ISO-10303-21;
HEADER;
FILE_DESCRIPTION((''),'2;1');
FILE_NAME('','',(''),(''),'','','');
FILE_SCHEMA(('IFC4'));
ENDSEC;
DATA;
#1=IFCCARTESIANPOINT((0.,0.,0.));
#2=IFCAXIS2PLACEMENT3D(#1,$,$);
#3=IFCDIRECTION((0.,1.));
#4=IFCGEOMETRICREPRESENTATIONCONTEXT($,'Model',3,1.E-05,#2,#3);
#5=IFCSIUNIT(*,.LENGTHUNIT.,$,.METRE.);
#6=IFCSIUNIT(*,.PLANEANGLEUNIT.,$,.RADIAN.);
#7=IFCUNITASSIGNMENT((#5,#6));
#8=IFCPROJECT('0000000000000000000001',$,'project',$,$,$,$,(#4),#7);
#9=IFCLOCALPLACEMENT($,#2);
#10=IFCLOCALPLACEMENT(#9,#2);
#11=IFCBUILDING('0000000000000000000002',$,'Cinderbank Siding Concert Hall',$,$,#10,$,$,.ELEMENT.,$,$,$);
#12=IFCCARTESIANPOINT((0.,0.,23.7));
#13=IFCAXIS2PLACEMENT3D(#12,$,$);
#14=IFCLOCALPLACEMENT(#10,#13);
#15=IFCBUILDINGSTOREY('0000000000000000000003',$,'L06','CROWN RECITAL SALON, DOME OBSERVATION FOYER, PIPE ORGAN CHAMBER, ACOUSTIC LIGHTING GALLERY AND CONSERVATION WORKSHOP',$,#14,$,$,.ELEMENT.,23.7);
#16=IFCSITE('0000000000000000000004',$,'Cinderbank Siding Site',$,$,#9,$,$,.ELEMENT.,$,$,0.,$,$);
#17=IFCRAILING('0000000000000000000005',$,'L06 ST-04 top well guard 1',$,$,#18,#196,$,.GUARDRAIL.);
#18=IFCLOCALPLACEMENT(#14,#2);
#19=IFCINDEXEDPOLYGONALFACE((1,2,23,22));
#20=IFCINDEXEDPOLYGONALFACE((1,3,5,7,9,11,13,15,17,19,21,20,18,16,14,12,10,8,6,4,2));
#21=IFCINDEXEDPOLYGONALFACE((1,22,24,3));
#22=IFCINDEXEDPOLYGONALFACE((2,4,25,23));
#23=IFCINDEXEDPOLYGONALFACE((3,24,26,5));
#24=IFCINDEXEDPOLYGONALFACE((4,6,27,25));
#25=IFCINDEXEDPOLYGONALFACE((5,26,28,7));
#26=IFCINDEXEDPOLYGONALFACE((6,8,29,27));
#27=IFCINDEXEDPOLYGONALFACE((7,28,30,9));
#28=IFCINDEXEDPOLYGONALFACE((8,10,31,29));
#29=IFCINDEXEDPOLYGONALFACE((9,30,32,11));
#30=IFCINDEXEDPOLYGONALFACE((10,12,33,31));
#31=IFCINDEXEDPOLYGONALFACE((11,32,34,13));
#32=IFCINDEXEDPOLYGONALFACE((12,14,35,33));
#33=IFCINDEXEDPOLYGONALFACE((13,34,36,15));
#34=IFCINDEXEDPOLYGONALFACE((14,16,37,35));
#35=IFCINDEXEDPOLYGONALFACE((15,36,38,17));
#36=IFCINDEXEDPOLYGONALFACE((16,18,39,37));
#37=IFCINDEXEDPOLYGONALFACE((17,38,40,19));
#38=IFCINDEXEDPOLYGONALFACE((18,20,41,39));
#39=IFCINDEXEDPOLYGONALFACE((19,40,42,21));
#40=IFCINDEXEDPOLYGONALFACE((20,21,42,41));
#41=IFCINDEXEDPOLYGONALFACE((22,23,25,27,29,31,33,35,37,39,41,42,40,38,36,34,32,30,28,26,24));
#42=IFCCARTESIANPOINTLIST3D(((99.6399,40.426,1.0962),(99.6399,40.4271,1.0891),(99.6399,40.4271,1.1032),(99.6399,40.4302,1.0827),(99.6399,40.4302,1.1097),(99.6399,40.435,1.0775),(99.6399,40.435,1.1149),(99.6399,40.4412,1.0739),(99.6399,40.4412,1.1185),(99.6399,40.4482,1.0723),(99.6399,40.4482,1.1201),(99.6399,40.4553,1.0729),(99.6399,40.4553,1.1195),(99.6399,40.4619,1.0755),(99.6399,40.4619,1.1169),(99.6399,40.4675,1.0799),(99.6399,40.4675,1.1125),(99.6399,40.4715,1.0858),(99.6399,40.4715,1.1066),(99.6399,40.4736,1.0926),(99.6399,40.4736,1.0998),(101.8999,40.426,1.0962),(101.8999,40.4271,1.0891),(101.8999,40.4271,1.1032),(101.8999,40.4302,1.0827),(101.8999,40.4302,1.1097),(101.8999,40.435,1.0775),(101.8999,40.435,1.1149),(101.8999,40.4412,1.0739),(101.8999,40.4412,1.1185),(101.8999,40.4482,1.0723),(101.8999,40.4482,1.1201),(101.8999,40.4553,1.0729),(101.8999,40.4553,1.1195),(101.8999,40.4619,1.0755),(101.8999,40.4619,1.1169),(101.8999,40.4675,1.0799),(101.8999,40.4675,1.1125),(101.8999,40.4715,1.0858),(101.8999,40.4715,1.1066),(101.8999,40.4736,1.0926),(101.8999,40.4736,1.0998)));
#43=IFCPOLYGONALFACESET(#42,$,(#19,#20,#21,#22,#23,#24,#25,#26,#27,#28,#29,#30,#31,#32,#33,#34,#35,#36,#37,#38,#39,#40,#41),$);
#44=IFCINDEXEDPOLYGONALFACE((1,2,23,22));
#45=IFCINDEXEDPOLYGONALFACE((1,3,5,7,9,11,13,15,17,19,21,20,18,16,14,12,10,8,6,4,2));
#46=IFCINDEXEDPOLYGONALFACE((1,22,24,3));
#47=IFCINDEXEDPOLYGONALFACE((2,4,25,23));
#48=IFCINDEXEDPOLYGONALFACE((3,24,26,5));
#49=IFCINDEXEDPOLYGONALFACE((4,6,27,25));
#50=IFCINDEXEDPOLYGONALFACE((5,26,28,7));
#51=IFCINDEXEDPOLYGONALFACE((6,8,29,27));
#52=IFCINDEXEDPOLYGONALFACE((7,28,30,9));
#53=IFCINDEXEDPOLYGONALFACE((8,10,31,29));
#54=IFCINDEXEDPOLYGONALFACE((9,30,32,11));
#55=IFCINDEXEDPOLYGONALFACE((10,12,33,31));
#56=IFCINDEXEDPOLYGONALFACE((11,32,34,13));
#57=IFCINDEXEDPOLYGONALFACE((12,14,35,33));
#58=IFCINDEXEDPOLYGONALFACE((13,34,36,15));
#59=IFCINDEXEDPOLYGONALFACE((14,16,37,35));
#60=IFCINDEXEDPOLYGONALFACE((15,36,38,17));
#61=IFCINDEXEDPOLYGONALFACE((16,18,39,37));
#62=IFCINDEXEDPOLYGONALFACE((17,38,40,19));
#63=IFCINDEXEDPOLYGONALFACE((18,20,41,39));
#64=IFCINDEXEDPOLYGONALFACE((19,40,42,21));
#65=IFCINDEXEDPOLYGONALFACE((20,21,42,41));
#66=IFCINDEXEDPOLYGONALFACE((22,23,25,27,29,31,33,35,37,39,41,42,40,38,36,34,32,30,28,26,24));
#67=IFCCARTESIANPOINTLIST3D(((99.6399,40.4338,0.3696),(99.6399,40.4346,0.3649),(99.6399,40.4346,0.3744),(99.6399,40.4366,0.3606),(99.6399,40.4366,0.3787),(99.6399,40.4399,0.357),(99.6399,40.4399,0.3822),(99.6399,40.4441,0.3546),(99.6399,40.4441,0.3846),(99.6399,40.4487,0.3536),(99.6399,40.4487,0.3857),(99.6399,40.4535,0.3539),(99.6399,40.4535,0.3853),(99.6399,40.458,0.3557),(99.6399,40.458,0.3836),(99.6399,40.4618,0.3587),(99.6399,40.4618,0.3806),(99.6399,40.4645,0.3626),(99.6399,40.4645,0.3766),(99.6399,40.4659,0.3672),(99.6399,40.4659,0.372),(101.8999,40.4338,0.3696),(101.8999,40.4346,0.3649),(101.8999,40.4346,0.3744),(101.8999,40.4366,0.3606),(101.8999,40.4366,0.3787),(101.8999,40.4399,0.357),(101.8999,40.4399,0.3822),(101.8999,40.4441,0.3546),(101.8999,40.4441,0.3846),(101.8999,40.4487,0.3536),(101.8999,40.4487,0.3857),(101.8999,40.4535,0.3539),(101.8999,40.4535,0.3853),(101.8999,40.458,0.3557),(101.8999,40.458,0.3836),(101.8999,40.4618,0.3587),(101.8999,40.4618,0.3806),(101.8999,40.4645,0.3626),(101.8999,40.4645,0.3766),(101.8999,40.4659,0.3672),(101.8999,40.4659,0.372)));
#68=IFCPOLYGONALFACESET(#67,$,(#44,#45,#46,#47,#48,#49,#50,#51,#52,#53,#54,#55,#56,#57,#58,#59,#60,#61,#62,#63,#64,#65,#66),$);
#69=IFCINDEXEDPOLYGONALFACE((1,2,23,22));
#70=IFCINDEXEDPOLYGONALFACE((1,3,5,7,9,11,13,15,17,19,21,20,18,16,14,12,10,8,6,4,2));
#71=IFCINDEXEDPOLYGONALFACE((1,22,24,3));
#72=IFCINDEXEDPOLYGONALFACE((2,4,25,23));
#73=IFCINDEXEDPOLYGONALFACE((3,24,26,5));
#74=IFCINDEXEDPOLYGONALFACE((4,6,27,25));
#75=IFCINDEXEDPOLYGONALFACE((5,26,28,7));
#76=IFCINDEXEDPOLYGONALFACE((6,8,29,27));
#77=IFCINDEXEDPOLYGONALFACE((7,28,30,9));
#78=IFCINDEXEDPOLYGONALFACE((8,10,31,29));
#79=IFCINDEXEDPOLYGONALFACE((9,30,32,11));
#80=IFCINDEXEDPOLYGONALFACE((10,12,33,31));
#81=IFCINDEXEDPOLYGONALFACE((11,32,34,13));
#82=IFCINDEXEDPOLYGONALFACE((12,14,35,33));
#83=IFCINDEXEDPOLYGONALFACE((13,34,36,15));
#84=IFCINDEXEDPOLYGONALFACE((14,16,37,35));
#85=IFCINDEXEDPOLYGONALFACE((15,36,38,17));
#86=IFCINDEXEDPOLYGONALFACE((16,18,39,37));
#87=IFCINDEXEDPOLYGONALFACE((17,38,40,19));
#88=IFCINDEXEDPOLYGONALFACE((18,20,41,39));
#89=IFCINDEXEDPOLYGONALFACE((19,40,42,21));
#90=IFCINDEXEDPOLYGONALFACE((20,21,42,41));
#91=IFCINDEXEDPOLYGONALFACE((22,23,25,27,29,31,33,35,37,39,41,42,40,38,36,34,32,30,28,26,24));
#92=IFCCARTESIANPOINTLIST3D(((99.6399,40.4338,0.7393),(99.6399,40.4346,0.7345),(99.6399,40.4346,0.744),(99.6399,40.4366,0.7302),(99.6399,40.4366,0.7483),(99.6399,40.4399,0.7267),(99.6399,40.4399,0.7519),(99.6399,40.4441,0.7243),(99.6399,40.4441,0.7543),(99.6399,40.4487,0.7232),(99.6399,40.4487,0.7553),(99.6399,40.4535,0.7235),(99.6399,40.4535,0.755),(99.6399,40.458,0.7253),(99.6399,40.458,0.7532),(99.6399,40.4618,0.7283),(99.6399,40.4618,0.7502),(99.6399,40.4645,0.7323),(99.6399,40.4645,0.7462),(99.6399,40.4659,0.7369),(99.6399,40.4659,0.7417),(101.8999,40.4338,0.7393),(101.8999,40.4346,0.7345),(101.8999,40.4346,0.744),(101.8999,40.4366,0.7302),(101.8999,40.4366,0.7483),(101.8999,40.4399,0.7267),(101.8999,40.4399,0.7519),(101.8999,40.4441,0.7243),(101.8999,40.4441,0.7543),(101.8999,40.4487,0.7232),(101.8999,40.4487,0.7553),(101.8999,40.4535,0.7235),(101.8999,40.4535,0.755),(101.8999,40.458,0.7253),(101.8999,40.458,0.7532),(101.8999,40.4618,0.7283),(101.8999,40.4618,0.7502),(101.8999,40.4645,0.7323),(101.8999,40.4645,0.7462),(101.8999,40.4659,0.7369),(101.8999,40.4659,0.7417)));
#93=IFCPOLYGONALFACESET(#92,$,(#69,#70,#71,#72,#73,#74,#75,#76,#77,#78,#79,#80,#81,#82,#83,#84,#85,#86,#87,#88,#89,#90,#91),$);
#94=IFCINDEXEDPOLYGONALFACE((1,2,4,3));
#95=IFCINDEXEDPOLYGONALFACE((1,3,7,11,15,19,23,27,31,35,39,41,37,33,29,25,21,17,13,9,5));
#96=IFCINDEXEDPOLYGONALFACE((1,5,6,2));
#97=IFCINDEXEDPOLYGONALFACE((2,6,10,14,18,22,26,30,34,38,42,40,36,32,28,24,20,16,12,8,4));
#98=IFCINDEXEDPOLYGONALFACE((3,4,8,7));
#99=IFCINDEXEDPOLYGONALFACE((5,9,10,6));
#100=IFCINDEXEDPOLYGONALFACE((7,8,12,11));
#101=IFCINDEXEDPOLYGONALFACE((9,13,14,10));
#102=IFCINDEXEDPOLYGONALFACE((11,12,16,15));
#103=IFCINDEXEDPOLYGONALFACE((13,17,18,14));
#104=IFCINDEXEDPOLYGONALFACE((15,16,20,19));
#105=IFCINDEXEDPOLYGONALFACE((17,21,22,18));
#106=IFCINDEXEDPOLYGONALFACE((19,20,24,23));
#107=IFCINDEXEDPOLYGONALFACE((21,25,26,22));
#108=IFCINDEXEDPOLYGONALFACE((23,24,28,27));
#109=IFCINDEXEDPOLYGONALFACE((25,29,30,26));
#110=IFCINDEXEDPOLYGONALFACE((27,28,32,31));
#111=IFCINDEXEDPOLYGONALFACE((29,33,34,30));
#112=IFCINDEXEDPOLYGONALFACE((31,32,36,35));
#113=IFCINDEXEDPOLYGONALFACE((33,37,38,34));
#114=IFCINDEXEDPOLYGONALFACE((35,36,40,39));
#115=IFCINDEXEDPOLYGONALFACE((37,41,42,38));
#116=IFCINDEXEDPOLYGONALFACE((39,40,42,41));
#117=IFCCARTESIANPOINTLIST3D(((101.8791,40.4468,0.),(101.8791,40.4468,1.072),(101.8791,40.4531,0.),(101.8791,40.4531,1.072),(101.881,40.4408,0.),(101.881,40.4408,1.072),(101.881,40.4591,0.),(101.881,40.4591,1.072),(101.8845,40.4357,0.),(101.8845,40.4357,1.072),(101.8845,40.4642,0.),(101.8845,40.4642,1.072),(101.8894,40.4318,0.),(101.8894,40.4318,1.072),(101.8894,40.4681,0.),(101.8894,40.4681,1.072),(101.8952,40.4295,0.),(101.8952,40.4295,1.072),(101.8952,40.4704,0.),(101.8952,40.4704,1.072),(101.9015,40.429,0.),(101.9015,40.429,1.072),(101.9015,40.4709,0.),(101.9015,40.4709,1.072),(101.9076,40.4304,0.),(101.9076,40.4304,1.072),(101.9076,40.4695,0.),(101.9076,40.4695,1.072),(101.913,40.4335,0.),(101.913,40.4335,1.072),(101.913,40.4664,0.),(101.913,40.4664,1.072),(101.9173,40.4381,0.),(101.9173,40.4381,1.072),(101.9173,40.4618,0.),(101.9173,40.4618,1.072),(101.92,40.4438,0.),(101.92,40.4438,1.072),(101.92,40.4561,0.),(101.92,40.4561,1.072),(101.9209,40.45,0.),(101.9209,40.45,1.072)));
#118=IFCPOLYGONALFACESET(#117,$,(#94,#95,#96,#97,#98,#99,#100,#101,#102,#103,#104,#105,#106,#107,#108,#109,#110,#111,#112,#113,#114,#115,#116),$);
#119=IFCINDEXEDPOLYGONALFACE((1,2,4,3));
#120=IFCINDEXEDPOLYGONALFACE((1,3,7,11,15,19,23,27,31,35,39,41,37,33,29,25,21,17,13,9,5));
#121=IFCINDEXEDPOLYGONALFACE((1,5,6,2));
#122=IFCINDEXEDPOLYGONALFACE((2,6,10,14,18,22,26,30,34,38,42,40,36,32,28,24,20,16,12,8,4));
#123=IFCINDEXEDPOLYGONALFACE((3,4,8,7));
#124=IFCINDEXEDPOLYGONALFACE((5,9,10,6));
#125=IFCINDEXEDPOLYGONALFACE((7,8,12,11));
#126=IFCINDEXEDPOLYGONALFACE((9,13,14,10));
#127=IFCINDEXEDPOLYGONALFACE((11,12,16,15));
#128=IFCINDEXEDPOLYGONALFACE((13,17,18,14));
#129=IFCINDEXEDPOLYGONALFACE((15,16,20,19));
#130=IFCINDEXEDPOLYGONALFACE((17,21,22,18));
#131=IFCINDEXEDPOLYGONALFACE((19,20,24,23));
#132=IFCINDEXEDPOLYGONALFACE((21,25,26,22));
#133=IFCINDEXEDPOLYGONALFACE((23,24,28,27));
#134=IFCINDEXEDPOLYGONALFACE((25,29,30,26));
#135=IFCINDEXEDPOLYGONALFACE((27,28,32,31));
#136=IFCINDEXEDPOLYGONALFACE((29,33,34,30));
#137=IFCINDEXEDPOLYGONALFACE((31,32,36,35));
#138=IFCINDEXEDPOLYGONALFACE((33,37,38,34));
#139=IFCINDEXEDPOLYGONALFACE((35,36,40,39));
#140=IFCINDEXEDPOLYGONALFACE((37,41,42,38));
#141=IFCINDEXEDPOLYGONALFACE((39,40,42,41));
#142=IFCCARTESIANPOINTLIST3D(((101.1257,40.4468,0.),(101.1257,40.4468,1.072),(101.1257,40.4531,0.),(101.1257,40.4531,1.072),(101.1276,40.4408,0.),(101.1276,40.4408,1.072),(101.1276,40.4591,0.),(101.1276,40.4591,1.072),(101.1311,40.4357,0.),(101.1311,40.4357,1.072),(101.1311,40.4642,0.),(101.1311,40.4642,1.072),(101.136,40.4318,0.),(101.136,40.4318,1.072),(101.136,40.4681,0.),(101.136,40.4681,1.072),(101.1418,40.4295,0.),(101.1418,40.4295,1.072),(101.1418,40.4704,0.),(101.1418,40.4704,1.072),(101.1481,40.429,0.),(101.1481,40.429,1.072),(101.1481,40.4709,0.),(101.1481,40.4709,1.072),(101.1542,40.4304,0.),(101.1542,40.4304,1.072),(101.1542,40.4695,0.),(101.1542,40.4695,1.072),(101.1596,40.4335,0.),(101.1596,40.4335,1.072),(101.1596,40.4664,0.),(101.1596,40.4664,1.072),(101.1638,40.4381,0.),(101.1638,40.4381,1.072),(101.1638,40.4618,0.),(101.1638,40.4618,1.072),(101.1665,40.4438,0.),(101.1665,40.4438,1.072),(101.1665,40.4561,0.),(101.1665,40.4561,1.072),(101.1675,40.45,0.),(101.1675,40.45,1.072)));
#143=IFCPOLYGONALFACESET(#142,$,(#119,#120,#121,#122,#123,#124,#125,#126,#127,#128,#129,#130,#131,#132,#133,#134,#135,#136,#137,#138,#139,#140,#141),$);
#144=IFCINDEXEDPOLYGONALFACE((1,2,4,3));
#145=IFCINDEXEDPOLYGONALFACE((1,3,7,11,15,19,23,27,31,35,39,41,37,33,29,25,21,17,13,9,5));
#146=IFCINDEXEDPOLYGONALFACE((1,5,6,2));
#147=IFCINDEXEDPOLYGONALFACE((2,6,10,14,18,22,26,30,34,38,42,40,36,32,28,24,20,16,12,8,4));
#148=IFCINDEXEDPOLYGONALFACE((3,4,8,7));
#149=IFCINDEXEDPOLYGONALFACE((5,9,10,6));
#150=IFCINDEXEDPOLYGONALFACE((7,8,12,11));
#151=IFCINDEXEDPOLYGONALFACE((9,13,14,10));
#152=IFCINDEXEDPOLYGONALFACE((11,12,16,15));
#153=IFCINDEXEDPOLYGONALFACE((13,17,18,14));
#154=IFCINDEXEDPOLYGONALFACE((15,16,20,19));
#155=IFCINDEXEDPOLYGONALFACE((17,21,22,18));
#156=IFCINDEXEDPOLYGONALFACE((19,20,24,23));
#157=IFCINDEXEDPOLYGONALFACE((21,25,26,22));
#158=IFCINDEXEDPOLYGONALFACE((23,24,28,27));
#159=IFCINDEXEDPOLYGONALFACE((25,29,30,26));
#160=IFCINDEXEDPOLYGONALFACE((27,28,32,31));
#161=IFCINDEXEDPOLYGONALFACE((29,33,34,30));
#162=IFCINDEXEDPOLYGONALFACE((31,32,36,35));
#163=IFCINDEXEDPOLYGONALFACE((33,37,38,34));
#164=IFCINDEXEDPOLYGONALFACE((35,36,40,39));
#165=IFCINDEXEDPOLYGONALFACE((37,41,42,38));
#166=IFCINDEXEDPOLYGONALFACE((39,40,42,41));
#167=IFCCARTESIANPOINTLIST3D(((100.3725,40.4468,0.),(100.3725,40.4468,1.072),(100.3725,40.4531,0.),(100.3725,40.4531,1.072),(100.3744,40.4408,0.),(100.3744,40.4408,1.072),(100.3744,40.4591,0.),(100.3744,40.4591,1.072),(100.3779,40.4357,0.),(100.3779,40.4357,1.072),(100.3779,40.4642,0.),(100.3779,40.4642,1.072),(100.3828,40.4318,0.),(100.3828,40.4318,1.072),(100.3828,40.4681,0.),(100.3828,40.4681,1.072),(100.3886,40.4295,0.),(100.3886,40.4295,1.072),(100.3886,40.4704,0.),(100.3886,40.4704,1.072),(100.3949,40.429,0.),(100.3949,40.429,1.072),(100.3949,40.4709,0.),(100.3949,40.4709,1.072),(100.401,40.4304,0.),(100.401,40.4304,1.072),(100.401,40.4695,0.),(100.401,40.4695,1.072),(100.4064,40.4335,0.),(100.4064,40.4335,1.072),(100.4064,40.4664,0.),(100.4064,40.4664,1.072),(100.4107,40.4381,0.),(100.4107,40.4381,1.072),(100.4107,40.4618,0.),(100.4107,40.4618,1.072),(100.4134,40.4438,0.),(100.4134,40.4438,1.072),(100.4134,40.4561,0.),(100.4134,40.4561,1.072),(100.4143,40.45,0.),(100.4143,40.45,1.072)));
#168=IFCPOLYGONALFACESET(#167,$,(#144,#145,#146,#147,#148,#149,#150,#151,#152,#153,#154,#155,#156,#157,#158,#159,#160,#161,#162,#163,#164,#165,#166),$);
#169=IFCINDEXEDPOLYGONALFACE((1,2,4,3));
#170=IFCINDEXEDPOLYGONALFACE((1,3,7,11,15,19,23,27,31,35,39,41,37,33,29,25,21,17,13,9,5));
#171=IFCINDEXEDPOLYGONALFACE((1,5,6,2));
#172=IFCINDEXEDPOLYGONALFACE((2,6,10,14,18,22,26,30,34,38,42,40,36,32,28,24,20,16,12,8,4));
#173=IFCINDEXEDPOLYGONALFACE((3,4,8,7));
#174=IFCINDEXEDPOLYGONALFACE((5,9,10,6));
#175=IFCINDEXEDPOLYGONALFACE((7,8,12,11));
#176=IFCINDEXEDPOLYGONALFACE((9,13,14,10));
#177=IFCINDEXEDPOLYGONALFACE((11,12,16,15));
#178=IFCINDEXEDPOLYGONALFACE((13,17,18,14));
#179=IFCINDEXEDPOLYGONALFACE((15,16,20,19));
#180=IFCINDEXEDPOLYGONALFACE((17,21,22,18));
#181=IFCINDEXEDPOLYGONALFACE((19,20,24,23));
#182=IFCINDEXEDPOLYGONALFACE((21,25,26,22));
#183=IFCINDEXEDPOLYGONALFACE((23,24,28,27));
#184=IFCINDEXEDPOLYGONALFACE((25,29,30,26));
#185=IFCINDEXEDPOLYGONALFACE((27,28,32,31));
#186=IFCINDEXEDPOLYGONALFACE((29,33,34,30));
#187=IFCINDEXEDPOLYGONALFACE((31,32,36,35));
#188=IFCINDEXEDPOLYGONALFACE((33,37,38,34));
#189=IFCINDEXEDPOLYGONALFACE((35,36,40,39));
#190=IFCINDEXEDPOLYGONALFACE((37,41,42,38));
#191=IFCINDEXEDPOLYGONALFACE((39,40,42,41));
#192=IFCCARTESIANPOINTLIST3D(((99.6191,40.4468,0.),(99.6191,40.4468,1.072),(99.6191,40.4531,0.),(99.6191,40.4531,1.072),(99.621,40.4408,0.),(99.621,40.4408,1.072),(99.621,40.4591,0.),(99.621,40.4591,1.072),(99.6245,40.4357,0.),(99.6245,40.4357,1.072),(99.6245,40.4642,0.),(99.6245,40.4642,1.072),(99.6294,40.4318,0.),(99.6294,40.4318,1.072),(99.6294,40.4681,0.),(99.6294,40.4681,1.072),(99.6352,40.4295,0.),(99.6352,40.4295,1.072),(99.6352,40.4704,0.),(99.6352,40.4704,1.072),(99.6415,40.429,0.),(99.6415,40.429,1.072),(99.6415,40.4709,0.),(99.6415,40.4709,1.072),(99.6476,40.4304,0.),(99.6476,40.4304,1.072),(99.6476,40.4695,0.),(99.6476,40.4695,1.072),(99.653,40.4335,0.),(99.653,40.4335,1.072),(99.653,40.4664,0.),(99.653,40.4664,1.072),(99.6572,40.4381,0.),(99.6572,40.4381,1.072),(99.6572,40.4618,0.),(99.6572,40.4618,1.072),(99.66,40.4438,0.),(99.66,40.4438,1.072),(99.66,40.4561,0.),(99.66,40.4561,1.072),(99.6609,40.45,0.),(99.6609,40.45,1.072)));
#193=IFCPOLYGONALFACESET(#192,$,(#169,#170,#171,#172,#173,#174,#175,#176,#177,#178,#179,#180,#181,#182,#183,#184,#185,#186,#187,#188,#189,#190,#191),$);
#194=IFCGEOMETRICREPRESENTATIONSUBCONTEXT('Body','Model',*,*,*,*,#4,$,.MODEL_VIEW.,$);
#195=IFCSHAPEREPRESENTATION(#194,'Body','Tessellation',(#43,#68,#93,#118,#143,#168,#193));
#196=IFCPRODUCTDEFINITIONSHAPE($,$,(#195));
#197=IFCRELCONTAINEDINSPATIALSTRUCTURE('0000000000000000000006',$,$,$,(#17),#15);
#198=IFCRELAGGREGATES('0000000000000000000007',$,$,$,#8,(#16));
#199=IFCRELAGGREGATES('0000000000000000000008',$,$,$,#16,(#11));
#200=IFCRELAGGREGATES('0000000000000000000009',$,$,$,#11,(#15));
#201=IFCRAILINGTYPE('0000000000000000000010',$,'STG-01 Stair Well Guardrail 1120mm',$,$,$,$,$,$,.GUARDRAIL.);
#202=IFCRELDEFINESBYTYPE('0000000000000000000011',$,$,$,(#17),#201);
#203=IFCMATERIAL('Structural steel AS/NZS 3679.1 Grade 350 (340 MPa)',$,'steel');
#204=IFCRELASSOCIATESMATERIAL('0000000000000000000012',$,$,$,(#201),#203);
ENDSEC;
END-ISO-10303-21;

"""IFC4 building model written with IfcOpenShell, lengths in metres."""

from ifc_helpers import new_model, si_unit, direction, frame, origin, origin_2d, place, context, subcontext, project, spatial, circle, extrude, material, type_object, element, save


model = new_model("IFC4")

# Units and contexts
model_context = context("Model", 3, precision=1e-05, world=origin(), true_north=direction((0.0, 1.0)))
body_context = subcontext(model_context, "Body", "Model", "MODEL_VIEW")
ifc_project = project(units=[si_unit("LENGTHUNIT", "METRE"), si_unit("PLANEANGLEUNIT", "RADIAN")], contexts=[model_context])

# Site, building, storey
site_placement = place(None, origin())
site = spatial("IfcSite", under=ifc_project, at=site_placement, Name="Cinderbank Siding Site", CompositionType="ELEMENT", RefElevation=0.0)
building_placement = place(site_placement, origin())
building = spatial("IfcBuilding", under=site, at=building_placement, Name="Cinderbank Siding Concert Hall", CompositionType="ELEMENT")
storey_placement = place(building_placement, frame((0.0, 0.0, 23.7)))
storey = spatial("IfcBuildingStorey", under=building, at=storey_placement, Name="L06", Description="CROWN RECITAL SALON, DOME OBSERVATION FOYER, PIPE ORGAN CHAMBER, ACOUSTIC LIGHTING GALLERY AND CONSERVATION WORKSHOP", CompositionType="ELEMENT", Elevation=23.7)

# Shared definitions
ifc_material_1 = material(Name="Structural steel AS/NZS 3679.1 Grade 350 (340 MPa)", Category="steel")

# Railing
railing_type = type_object("IfcRailingType", Name="STG-01 Stair Well Guardrail 1120mm", PredefinedType="GUARDRAIL", material=ifc_material_1)
railing_placement = place(storey_placement, frame((101.8999, 40.45, 0.0)))
element("IfcRailing", 1, at=railing_placement, inside=storey, type_object=railing_type, Name="L06 ST-04 top well guard 1", PredefinedType="GUARDRAIL", context=body_context, shape_type="SweptSolid", body=[
    extrude(circle(Radius=0.0239, at=origin_2d()), frame((0.0, 0.0, 1.0962), z_axis=(-1.0, 0.0, 0.0), x_axis=(0.0, -1.0, 0.0)), (0.0, 0.0, 1.0), 2.26),
    extrude(circle(Radius=0.0161, at=origin_2d()), frame((0.0, 0.0, 0.3696), z_axis=(-1.0, 0.0, 0.0), x_axis=(0.0, -1.0, 0.0)), (0.0, 0.0, 1.0), 2.26),
    extrude(circle(Radius=0.0161, at=origin_2d()), frame((0.0, 0.0, 0.7393), z_axis=(-1.0, 0.0, 0.0), x_axis=(0.0, -1.0, 0.0)), (0.0, 0.0, 1.0), 2.26),
    extrude(circle(Radius=0.021, at=origin_2d()), origin(), (0.0, 0.0, 1.0), 1.072),
    extrude(circle(Radius=0.021, at=origin_2d()), frame((-0.7534, 0.0, 0.0)), (0.0, 0.0, 1.0), 1.072),
    extrude(circle(Radius=0.021, at=origin_2d()), frame((-1.5066, 0.0, 0.0)), (0.0, 0.0, 1.0), 1.072),
    extrude(circle(Radius=0.021, at=origin_2d()), frame((-2.26, 0.0, 0.0)), (0.0, 0.0, 1.0), 1.072),
])

save(model, "model.ifc")
